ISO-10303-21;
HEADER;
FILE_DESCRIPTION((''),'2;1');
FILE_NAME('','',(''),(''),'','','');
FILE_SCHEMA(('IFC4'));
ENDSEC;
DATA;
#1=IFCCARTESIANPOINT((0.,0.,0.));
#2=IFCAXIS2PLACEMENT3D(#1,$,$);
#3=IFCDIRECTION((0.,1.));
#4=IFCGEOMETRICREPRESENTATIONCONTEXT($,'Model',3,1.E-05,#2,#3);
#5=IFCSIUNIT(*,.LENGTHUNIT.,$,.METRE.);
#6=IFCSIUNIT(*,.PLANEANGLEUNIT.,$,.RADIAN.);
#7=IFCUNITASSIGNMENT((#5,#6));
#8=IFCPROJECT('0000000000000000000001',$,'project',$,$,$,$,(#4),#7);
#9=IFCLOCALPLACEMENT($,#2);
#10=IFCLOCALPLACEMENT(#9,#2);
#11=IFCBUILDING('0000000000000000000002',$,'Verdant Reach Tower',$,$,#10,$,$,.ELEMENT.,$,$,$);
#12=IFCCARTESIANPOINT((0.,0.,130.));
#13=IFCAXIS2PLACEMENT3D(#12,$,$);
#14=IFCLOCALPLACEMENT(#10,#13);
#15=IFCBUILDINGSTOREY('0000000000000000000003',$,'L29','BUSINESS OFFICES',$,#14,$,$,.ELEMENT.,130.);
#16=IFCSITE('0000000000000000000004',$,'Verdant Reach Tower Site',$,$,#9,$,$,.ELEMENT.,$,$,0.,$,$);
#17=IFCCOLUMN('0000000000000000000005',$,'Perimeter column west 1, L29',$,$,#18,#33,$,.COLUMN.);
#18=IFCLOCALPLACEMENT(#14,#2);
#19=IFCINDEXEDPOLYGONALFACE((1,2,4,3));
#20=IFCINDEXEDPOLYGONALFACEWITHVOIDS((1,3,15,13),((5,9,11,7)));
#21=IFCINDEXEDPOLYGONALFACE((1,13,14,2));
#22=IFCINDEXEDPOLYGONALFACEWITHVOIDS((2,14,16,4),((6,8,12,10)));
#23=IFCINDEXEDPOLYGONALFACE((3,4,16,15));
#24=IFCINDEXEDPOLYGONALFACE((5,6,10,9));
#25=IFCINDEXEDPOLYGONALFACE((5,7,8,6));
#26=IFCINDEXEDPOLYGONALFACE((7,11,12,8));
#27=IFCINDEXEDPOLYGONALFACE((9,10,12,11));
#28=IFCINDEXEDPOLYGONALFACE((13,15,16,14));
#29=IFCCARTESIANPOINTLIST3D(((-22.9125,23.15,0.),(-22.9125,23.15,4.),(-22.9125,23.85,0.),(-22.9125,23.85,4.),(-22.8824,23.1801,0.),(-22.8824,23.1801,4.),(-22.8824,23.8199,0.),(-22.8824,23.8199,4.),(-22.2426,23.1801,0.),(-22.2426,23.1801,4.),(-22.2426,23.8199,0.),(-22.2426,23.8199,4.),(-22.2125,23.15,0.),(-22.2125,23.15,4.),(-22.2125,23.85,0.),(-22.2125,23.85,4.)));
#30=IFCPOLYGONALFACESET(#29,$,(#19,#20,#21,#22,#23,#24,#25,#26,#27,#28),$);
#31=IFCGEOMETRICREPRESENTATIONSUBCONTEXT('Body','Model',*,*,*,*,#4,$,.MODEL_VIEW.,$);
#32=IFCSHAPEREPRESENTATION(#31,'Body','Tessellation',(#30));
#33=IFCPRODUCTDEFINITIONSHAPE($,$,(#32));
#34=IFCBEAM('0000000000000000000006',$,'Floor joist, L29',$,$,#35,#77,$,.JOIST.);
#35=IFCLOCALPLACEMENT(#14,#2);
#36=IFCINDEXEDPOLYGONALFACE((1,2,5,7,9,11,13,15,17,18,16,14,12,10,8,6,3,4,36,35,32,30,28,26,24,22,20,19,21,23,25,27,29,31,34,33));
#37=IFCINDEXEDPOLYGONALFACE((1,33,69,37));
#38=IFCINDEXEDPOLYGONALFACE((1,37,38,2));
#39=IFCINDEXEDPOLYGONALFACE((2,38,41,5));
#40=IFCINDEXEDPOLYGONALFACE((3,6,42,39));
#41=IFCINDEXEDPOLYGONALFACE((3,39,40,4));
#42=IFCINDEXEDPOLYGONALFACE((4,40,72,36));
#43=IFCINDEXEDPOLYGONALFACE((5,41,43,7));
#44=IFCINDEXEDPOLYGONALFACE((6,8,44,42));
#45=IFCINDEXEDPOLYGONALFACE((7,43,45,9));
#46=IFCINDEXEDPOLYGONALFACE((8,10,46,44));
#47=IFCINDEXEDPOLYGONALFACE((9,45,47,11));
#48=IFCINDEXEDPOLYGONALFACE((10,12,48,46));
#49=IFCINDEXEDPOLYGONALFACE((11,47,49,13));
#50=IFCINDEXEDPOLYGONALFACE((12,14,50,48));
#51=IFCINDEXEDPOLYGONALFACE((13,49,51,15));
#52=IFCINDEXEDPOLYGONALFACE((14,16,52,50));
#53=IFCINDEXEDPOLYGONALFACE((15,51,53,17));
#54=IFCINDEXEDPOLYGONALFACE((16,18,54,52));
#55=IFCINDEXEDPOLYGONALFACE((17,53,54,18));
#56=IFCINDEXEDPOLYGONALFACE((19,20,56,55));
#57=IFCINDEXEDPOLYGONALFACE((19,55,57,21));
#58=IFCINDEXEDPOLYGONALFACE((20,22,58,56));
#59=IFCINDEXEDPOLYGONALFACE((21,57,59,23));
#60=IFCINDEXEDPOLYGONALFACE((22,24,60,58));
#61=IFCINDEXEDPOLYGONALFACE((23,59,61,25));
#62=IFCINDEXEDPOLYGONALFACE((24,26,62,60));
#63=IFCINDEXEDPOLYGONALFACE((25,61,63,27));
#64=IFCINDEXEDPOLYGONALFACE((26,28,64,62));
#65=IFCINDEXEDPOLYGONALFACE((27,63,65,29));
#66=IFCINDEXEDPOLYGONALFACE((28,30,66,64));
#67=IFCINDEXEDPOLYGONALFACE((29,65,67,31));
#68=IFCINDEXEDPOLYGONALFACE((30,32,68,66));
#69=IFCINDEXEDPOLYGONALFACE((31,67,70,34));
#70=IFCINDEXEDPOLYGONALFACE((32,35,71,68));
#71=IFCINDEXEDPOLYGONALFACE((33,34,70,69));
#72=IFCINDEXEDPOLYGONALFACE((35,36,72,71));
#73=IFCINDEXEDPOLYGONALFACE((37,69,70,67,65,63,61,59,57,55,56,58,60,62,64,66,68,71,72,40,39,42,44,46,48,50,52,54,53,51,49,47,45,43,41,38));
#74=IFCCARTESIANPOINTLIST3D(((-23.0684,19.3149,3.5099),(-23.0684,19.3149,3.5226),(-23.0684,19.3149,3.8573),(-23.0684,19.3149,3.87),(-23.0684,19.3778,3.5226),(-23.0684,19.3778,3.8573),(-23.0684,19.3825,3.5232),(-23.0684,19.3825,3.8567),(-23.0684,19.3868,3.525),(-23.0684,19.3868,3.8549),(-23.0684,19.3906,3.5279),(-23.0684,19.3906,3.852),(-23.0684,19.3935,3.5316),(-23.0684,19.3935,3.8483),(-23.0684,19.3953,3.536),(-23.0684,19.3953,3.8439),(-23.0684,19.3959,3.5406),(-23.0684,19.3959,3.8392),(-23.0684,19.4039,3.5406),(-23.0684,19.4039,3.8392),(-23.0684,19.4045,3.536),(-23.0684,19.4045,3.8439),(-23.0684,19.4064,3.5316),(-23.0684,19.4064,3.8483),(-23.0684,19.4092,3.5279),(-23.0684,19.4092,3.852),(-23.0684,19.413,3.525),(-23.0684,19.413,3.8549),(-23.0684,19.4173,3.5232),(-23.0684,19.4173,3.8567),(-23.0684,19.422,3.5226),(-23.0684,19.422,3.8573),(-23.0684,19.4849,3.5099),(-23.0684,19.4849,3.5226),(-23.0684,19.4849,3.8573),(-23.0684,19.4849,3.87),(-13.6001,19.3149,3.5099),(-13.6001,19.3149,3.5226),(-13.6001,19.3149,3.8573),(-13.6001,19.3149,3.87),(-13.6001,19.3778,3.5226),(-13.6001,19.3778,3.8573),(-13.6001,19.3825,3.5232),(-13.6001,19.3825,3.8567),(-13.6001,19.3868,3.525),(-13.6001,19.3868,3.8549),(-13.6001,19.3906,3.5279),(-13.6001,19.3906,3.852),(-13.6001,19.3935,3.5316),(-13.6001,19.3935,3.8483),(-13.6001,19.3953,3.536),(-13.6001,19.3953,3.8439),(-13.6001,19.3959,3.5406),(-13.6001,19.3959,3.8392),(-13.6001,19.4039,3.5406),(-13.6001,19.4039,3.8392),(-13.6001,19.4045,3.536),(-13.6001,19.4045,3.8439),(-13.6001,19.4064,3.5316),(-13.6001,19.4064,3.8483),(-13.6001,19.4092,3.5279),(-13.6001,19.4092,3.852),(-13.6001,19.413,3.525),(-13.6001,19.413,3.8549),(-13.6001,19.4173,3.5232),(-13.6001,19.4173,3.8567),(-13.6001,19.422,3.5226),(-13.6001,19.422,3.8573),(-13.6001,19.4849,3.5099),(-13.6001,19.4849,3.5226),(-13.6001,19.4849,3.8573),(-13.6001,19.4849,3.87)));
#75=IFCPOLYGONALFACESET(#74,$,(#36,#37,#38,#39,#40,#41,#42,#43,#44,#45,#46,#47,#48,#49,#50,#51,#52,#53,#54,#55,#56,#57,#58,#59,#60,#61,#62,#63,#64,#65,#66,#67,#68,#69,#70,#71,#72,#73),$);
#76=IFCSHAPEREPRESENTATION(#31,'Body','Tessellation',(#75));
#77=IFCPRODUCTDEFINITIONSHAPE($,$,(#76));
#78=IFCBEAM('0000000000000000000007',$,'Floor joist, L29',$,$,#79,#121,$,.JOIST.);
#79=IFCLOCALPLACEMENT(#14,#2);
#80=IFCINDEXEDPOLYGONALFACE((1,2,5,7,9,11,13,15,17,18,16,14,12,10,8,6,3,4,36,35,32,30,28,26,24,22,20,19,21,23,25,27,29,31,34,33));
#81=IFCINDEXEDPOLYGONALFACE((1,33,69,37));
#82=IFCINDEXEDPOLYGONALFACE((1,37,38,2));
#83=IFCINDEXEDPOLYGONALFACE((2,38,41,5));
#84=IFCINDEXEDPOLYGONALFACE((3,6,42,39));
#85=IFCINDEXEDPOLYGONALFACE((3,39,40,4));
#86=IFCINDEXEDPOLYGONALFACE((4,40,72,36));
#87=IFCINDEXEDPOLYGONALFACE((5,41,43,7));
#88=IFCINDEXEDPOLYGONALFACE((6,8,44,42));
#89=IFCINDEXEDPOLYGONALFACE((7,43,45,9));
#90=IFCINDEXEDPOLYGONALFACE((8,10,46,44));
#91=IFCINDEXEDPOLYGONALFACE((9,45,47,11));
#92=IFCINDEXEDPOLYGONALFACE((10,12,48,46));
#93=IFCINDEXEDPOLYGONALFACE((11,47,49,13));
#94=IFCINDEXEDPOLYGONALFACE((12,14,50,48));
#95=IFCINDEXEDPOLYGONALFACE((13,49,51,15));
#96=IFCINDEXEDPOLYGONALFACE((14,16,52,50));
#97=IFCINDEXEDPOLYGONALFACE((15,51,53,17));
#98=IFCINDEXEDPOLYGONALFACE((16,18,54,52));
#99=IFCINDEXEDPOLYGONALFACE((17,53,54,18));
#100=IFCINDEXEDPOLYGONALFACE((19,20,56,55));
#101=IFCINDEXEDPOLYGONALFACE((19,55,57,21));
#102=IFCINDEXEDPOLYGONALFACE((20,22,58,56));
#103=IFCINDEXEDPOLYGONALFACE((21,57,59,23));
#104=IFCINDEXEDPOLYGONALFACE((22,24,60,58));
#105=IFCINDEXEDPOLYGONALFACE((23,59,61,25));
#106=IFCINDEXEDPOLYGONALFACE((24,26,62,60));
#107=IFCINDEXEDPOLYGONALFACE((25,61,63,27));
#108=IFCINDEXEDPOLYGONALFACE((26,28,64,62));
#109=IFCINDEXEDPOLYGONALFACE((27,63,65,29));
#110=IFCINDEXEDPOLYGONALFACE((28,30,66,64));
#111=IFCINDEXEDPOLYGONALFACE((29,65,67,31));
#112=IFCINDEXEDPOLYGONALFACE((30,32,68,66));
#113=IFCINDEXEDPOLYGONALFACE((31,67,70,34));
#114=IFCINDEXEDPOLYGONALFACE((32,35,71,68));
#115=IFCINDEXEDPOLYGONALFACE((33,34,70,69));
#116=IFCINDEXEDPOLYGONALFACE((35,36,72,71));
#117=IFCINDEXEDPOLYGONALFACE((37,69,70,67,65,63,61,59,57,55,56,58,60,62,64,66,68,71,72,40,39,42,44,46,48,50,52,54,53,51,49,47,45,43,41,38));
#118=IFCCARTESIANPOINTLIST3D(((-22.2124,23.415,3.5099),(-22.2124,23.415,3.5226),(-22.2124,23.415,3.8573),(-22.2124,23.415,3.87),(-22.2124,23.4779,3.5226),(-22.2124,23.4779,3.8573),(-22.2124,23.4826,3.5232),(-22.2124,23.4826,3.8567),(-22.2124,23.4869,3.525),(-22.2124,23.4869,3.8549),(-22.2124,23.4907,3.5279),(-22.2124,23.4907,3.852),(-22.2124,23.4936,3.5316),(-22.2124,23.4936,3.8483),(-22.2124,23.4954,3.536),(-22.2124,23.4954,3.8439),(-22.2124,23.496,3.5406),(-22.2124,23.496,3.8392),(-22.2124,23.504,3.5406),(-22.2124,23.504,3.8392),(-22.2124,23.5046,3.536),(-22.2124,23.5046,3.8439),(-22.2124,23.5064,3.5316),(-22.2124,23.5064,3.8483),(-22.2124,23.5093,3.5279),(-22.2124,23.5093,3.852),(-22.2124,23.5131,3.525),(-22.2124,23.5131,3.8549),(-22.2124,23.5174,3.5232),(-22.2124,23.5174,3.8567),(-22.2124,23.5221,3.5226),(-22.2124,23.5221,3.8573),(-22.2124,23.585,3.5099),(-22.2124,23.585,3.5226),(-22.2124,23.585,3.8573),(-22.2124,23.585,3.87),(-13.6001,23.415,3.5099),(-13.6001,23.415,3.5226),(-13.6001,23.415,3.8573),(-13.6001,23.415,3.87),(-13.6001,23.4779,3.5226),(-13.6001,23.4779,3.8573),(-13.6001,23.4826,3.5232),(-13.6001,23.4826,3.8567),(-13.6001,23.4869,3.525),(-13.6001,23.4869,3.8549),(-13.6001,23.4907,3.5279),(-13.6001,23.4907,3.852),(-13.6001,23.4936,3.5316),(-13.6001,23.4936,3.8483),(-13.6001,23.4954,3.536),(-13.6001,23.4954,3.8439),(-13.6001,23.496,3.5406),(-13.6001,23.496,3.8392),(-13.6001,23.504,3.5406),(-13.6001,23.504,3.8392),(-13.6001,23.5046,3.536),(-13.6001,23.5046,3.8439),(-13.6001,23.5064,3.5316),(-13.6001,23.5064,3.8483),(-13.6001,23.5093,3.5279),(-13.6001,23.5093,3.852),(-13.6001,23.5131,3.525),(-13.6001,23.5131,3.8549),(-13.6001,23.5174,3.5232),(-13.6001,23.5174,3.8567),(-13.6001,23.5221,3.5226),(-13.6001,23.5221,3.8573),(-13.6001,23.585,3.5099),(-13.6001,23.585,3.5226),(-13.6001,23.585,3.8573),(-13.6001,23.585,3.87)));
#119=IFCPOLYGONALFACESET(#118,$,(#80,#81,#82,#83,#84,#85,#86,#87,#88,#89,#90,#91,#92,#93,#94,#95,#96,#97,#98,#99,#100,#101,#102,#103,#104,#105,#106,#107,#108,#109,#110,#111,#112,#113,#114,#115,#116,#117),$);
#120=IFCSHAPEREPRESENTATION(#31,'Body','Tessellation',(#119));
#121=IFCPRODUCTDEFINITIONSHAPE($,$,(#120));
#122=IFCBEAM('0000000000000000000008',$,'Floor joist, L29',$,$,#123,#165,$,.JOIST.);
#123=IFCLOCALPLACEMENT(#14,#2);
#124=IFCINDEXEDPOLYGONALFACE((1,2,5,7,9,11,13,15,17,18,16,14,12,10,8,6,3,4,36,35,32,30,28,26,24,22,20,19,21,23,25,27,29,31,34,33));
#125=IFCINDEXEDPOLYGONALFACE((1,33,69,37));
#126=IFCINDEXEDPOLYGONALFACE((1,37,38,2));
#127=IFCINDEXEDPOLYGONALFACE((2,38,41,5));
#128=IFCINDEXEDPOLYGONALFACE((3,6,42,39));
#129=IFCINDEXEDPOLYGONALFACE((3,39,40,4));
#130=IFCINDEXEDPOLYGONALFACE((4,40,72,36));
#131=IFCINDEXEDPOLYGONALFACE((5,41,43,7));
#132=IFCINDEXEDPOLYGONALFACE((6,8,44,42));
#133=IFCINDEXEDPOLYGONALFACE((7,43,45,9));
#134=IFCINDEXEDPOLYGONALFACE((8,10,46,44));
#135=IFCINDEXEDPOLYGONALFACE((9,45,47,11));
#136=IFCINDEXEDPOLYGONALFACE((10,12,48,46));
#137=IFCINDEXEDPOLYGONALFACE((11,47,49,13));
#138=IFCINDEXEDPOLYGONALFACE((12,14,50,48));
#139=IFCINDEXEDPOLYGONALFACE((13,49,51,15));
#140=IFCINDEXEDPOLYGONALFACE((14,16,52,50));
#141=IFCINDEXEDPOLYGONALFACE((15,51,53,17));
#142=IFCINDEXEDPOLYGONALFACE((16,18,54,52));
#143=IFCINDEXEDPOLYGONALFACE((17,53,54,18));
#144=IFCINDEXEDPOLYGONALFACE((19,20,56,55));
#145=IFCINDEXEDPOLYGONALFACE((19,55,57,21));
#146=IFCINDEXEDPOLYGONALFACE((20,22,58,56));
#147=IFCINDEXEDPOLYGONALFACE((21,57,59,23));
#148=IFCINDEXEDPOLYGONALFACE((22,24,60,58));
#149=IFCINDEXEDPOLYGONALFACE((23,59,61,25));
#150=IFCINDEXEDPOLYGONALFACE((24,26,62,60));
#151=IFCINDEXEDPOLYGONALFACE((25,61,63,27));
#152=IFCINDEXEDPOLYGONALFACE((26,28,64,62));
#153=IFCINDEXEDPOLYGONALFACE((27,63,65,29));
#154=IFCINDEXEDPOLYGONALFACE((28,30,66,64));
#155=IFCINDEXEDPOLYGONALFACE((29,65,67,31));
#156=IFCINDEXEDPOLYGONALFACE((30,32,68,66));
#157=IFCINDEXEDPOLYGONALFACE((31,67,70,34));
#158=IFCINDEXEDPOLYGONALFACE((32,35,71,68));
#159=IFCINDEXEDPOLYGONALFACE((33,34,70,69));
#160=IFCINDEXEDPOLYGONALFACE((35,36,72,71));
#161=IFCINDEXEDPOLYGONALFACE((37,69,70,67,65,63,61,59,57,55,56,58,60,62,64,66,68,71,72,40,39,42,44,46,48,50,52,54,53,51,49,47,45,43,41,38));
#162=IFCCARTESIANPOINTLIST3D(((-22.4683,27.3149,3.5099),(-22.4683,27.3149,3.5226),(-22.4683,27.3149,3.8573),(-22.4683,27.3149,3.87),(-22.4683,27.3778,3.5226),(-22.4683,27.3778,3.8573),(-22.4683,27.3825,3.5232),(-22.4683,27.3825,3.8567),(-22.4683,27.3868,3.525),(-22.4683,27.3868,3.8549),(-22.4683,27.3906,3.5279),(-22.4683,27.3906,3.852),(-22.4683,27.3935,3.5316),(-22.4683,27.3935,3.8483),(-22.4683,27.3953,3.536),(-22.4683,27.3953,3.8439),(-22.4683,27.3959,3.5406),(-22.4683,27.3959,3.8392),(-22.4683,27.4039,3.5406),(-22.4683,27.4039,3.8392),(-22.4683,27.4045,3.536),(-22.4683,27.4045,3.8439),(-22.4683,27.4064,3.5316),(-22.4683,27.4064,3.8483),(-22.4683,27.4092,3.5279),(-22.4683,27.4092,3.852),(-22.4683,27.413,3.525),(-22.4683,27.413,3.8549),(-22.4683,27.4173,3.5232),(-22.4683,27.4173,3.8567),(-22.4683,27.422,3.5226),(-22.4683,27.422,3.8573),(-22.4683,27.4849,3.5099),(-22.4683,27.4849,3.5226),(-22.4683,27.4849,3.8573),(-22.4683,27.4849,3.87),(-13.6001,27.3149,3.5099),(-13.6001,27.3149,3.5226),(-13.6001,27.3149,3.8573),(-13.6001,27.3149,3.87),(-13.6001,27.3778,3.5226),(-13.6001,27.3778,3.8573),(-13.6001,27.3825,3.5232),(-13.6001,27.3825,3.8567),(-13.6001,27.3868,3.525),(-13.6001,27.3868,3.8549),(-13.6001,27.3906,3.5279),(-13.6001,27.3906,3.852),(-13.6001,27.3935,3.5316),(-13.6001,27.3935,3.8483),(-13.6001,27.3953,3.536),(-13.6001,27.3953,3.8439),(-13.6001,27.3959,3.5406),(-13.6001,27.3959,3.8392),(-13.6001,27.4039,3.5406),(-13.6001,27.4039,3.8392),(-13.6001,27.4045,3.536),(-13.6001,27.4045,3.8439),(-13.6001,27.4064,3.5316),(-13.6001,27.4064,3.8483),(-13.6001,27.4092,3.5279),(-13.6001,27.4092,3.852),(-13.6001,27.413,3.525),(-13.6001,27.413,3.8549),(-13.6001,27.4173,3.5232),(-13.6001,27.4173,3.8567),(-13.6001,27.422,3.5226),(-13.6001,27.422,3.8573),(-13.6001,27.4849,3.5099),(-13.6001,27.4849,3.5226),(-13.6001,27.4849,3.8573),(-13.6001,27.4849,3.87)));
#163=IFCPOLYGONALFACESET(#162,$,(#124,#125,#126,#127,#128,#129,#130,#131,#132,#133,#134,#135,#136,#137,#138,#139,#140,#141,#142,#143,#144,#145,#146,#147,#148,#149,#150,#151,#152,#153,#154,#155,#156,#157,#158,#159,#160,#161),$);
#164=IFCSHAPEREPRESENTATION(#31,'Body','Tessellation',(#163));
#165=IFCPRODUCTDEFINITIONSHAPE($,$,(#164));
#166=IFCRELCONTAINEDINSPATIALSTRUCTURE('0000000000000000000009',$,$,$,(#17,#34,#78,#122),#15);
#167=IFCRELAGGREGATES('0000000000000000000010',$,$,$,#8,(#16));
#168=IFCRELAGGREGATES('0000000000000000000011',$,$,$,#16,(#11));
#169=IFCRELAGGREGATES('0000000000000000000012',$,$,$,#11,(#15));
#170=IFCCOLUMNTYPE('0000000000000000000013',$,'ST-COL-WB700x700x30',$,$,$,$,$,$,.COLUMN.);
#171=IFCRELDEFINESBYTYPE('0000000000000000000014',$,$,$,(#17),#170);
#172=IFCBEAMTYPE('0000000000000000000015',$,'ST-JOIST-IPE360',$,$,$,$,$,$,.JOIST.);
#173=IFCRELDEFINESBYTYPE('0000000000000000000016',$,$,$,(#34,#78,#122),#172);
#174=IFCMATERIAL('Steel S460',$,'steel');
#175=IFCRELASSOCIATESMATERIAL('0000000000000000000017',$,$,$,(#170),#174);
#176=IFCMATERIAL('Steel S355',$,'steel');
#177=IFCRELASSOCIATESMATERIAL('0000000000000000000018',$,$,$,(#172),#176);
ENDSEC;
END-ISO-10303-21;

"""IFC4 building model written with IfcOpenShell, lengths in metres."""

from ifc_helpers import new_model, si_unit, direction, frame, origin, origin_2d, place, context, subcontext, project, spatial, hollow_rectangle, i_section, extrude, material, material_profile, profile_set, type_object, element, save


model = new_model("IFC4")

# Units and contexts
model_context = context("Model", 3, precision=1e-05, world=origin(), true_north=direction((0.0, 1.0)))
body_context = subcontext(model_context, "Body", "Model", "MODEL_VIEW")
ifc_project = project(units=[si_unit("LENGTHUNIT", "METRE"), si_unit("PLANEANGLEUNIT", "RADIAN")], contexts=[model_context])

# Site, building, storey
site_placement = place(None, origin())
site = spatial("IfcSite", under=ifc_project, at=site_placement, Name="Verdant Reach Tower Site", CompositionType="ELEMENT", RefElevation=0.0)
building_placement = place(site_placement, origin())
building = spatial("IfcBuilding", under=site, at=building_placement, Name="Verdant Reach Tower", CompositionType="ELEMENT")
storey_placement = place(building_placement, frame((0.0, 0.0, 130.0)))
storey = spatial("IfcBuildingStorey", under=building, at=storey_placement, Name="L29", Description="BUSINESS OFFICES", CompositionType="ELEMENT", Elevation=130.0)

# Column
ifc_material_1 = material(Name="Steel S460", Category="steel")
ifc_material_profile_1 = material_profile(ifc_material_1, hollow_rectangle(XDim=0.7, YDim=0.7, WallThickness=0.03, at=origin_2d()), Name="WB 700x700x30")
ifc_profile_set_1 = profile_set([ifc_material_profile_1], Name="Steel S460")
column_type = type_object("IfcColumnType", Name="ST-COL-WB700x700x30", PredefinedType="COLUMN", material=ifc_profile_set_1)
column_placement = place(storey_placement, frame((-22.5625, 23.5, 0.0), z_axis=(0.0, 0.0, 1.0), x_axis=(1.0, 0.0, 0.0)))
element("IfcColumn", 1, at=column_placement, inside=storey, type_object=column_type, Name="Perimeter column west 1, L29", PredefinedType="COLUMN", context=body_context, shape_type="SweptSolid", body=[
    extrude(hollow_rectangle(XDim=0.7, YDim=0.7, WallThickness=0.03, at=origin_2d()), origin(), (0.0, 0.0, 1.0), 4.0),
])

# Beams
ifc_material_2 = material(Name="Steel S355", Category="steel")
ifc_material_profile_2 = material_profile(ifc_material_2, i_section(OverallWidth=0.1699, OverallDepth=0.3601, WebThickness=0.0081, FlangeThickness=0.0127, FilletRadius=0.0181, at=origin_2d()), Name="IPE 360")
ifc_profile_set_2 = profile_set([ifc_material_profile_2], Name="Steel S355")
beam_type = type_object("IfcBeamType", Name="ST-JOIST-IPE360", PredefinedType="JOIST", material=ifc_profile_set_2)
beam_1_placement = place(storey_placement, frame((-13.6001, 19.3999, 3.6899), z_axis=(-1.0, 0.0, 0.0), x_axis=(0.0, -1.0, 0.0)))
element("IfcBeam", 2, at=beam_1_placement, inside=storey, type_object=beam_type, Name="Floor joist, L29", PredefinedType="JOIST", context=body_context, shape_type="SweptSolid", body=[
    extrude(i_section(OverallWidth=0.1699, OverallDepth=0.3601, WebThickness=0.0081, FlangeThickness=0.0127, FilletRadius=0.0181, at=origin_2d()), origin(), (0.0, 0.0, 1.0), 9.4683),
])
beam_2_placement = place(storey_placement, frame((-13.6001, 23.5, 3.6899), z_axis=(-1.0, 0.0, 0.0), x_axis=(0.0, -1.0, 0.0)))
element("IfcBeam", 3, at=beam_2_placement, inside=storey, type_object=beam_type, Name="Floor joist, L29", PredefinedType="JOIST", context=body_context, shape_type="SweptSolid", body=[
    extrude(i_section(OverallWidth=0.1699, OverallDepth=0.3601, WebThickness=0.0081, FlangeThickness=0.0127, FilletRadius=0.0181, at=origin_2d()), origin(), (0.0, 0.0, 1.0), 8.6123),
])
beam_3_placement = place(storey_placement, frame((-13.6001, 27.3999, 3.6899), z_axis=(-1.0, 0.0, 0.0), x_axis=(0.0, -1.0, 0.0)))
element("IfcBeam", 4, at=beam_3_placement, inside=storey, type_object=beam_type, Name="Floor joist, L29", PredefinedType="JOIST", context=body_context, shape_type="SweptSolid", body=[
    extrude(i_section(OverallWidth=0.1699, OverallDepth=0.3601, WebThickness=0.0081, FlangeThickness=0.0127, FilletRadius=0.0181, at=origin_2d()), origin(), (0.0, 0.0, 1.0), 8.8682),
])

save(model, "model.ifc")
